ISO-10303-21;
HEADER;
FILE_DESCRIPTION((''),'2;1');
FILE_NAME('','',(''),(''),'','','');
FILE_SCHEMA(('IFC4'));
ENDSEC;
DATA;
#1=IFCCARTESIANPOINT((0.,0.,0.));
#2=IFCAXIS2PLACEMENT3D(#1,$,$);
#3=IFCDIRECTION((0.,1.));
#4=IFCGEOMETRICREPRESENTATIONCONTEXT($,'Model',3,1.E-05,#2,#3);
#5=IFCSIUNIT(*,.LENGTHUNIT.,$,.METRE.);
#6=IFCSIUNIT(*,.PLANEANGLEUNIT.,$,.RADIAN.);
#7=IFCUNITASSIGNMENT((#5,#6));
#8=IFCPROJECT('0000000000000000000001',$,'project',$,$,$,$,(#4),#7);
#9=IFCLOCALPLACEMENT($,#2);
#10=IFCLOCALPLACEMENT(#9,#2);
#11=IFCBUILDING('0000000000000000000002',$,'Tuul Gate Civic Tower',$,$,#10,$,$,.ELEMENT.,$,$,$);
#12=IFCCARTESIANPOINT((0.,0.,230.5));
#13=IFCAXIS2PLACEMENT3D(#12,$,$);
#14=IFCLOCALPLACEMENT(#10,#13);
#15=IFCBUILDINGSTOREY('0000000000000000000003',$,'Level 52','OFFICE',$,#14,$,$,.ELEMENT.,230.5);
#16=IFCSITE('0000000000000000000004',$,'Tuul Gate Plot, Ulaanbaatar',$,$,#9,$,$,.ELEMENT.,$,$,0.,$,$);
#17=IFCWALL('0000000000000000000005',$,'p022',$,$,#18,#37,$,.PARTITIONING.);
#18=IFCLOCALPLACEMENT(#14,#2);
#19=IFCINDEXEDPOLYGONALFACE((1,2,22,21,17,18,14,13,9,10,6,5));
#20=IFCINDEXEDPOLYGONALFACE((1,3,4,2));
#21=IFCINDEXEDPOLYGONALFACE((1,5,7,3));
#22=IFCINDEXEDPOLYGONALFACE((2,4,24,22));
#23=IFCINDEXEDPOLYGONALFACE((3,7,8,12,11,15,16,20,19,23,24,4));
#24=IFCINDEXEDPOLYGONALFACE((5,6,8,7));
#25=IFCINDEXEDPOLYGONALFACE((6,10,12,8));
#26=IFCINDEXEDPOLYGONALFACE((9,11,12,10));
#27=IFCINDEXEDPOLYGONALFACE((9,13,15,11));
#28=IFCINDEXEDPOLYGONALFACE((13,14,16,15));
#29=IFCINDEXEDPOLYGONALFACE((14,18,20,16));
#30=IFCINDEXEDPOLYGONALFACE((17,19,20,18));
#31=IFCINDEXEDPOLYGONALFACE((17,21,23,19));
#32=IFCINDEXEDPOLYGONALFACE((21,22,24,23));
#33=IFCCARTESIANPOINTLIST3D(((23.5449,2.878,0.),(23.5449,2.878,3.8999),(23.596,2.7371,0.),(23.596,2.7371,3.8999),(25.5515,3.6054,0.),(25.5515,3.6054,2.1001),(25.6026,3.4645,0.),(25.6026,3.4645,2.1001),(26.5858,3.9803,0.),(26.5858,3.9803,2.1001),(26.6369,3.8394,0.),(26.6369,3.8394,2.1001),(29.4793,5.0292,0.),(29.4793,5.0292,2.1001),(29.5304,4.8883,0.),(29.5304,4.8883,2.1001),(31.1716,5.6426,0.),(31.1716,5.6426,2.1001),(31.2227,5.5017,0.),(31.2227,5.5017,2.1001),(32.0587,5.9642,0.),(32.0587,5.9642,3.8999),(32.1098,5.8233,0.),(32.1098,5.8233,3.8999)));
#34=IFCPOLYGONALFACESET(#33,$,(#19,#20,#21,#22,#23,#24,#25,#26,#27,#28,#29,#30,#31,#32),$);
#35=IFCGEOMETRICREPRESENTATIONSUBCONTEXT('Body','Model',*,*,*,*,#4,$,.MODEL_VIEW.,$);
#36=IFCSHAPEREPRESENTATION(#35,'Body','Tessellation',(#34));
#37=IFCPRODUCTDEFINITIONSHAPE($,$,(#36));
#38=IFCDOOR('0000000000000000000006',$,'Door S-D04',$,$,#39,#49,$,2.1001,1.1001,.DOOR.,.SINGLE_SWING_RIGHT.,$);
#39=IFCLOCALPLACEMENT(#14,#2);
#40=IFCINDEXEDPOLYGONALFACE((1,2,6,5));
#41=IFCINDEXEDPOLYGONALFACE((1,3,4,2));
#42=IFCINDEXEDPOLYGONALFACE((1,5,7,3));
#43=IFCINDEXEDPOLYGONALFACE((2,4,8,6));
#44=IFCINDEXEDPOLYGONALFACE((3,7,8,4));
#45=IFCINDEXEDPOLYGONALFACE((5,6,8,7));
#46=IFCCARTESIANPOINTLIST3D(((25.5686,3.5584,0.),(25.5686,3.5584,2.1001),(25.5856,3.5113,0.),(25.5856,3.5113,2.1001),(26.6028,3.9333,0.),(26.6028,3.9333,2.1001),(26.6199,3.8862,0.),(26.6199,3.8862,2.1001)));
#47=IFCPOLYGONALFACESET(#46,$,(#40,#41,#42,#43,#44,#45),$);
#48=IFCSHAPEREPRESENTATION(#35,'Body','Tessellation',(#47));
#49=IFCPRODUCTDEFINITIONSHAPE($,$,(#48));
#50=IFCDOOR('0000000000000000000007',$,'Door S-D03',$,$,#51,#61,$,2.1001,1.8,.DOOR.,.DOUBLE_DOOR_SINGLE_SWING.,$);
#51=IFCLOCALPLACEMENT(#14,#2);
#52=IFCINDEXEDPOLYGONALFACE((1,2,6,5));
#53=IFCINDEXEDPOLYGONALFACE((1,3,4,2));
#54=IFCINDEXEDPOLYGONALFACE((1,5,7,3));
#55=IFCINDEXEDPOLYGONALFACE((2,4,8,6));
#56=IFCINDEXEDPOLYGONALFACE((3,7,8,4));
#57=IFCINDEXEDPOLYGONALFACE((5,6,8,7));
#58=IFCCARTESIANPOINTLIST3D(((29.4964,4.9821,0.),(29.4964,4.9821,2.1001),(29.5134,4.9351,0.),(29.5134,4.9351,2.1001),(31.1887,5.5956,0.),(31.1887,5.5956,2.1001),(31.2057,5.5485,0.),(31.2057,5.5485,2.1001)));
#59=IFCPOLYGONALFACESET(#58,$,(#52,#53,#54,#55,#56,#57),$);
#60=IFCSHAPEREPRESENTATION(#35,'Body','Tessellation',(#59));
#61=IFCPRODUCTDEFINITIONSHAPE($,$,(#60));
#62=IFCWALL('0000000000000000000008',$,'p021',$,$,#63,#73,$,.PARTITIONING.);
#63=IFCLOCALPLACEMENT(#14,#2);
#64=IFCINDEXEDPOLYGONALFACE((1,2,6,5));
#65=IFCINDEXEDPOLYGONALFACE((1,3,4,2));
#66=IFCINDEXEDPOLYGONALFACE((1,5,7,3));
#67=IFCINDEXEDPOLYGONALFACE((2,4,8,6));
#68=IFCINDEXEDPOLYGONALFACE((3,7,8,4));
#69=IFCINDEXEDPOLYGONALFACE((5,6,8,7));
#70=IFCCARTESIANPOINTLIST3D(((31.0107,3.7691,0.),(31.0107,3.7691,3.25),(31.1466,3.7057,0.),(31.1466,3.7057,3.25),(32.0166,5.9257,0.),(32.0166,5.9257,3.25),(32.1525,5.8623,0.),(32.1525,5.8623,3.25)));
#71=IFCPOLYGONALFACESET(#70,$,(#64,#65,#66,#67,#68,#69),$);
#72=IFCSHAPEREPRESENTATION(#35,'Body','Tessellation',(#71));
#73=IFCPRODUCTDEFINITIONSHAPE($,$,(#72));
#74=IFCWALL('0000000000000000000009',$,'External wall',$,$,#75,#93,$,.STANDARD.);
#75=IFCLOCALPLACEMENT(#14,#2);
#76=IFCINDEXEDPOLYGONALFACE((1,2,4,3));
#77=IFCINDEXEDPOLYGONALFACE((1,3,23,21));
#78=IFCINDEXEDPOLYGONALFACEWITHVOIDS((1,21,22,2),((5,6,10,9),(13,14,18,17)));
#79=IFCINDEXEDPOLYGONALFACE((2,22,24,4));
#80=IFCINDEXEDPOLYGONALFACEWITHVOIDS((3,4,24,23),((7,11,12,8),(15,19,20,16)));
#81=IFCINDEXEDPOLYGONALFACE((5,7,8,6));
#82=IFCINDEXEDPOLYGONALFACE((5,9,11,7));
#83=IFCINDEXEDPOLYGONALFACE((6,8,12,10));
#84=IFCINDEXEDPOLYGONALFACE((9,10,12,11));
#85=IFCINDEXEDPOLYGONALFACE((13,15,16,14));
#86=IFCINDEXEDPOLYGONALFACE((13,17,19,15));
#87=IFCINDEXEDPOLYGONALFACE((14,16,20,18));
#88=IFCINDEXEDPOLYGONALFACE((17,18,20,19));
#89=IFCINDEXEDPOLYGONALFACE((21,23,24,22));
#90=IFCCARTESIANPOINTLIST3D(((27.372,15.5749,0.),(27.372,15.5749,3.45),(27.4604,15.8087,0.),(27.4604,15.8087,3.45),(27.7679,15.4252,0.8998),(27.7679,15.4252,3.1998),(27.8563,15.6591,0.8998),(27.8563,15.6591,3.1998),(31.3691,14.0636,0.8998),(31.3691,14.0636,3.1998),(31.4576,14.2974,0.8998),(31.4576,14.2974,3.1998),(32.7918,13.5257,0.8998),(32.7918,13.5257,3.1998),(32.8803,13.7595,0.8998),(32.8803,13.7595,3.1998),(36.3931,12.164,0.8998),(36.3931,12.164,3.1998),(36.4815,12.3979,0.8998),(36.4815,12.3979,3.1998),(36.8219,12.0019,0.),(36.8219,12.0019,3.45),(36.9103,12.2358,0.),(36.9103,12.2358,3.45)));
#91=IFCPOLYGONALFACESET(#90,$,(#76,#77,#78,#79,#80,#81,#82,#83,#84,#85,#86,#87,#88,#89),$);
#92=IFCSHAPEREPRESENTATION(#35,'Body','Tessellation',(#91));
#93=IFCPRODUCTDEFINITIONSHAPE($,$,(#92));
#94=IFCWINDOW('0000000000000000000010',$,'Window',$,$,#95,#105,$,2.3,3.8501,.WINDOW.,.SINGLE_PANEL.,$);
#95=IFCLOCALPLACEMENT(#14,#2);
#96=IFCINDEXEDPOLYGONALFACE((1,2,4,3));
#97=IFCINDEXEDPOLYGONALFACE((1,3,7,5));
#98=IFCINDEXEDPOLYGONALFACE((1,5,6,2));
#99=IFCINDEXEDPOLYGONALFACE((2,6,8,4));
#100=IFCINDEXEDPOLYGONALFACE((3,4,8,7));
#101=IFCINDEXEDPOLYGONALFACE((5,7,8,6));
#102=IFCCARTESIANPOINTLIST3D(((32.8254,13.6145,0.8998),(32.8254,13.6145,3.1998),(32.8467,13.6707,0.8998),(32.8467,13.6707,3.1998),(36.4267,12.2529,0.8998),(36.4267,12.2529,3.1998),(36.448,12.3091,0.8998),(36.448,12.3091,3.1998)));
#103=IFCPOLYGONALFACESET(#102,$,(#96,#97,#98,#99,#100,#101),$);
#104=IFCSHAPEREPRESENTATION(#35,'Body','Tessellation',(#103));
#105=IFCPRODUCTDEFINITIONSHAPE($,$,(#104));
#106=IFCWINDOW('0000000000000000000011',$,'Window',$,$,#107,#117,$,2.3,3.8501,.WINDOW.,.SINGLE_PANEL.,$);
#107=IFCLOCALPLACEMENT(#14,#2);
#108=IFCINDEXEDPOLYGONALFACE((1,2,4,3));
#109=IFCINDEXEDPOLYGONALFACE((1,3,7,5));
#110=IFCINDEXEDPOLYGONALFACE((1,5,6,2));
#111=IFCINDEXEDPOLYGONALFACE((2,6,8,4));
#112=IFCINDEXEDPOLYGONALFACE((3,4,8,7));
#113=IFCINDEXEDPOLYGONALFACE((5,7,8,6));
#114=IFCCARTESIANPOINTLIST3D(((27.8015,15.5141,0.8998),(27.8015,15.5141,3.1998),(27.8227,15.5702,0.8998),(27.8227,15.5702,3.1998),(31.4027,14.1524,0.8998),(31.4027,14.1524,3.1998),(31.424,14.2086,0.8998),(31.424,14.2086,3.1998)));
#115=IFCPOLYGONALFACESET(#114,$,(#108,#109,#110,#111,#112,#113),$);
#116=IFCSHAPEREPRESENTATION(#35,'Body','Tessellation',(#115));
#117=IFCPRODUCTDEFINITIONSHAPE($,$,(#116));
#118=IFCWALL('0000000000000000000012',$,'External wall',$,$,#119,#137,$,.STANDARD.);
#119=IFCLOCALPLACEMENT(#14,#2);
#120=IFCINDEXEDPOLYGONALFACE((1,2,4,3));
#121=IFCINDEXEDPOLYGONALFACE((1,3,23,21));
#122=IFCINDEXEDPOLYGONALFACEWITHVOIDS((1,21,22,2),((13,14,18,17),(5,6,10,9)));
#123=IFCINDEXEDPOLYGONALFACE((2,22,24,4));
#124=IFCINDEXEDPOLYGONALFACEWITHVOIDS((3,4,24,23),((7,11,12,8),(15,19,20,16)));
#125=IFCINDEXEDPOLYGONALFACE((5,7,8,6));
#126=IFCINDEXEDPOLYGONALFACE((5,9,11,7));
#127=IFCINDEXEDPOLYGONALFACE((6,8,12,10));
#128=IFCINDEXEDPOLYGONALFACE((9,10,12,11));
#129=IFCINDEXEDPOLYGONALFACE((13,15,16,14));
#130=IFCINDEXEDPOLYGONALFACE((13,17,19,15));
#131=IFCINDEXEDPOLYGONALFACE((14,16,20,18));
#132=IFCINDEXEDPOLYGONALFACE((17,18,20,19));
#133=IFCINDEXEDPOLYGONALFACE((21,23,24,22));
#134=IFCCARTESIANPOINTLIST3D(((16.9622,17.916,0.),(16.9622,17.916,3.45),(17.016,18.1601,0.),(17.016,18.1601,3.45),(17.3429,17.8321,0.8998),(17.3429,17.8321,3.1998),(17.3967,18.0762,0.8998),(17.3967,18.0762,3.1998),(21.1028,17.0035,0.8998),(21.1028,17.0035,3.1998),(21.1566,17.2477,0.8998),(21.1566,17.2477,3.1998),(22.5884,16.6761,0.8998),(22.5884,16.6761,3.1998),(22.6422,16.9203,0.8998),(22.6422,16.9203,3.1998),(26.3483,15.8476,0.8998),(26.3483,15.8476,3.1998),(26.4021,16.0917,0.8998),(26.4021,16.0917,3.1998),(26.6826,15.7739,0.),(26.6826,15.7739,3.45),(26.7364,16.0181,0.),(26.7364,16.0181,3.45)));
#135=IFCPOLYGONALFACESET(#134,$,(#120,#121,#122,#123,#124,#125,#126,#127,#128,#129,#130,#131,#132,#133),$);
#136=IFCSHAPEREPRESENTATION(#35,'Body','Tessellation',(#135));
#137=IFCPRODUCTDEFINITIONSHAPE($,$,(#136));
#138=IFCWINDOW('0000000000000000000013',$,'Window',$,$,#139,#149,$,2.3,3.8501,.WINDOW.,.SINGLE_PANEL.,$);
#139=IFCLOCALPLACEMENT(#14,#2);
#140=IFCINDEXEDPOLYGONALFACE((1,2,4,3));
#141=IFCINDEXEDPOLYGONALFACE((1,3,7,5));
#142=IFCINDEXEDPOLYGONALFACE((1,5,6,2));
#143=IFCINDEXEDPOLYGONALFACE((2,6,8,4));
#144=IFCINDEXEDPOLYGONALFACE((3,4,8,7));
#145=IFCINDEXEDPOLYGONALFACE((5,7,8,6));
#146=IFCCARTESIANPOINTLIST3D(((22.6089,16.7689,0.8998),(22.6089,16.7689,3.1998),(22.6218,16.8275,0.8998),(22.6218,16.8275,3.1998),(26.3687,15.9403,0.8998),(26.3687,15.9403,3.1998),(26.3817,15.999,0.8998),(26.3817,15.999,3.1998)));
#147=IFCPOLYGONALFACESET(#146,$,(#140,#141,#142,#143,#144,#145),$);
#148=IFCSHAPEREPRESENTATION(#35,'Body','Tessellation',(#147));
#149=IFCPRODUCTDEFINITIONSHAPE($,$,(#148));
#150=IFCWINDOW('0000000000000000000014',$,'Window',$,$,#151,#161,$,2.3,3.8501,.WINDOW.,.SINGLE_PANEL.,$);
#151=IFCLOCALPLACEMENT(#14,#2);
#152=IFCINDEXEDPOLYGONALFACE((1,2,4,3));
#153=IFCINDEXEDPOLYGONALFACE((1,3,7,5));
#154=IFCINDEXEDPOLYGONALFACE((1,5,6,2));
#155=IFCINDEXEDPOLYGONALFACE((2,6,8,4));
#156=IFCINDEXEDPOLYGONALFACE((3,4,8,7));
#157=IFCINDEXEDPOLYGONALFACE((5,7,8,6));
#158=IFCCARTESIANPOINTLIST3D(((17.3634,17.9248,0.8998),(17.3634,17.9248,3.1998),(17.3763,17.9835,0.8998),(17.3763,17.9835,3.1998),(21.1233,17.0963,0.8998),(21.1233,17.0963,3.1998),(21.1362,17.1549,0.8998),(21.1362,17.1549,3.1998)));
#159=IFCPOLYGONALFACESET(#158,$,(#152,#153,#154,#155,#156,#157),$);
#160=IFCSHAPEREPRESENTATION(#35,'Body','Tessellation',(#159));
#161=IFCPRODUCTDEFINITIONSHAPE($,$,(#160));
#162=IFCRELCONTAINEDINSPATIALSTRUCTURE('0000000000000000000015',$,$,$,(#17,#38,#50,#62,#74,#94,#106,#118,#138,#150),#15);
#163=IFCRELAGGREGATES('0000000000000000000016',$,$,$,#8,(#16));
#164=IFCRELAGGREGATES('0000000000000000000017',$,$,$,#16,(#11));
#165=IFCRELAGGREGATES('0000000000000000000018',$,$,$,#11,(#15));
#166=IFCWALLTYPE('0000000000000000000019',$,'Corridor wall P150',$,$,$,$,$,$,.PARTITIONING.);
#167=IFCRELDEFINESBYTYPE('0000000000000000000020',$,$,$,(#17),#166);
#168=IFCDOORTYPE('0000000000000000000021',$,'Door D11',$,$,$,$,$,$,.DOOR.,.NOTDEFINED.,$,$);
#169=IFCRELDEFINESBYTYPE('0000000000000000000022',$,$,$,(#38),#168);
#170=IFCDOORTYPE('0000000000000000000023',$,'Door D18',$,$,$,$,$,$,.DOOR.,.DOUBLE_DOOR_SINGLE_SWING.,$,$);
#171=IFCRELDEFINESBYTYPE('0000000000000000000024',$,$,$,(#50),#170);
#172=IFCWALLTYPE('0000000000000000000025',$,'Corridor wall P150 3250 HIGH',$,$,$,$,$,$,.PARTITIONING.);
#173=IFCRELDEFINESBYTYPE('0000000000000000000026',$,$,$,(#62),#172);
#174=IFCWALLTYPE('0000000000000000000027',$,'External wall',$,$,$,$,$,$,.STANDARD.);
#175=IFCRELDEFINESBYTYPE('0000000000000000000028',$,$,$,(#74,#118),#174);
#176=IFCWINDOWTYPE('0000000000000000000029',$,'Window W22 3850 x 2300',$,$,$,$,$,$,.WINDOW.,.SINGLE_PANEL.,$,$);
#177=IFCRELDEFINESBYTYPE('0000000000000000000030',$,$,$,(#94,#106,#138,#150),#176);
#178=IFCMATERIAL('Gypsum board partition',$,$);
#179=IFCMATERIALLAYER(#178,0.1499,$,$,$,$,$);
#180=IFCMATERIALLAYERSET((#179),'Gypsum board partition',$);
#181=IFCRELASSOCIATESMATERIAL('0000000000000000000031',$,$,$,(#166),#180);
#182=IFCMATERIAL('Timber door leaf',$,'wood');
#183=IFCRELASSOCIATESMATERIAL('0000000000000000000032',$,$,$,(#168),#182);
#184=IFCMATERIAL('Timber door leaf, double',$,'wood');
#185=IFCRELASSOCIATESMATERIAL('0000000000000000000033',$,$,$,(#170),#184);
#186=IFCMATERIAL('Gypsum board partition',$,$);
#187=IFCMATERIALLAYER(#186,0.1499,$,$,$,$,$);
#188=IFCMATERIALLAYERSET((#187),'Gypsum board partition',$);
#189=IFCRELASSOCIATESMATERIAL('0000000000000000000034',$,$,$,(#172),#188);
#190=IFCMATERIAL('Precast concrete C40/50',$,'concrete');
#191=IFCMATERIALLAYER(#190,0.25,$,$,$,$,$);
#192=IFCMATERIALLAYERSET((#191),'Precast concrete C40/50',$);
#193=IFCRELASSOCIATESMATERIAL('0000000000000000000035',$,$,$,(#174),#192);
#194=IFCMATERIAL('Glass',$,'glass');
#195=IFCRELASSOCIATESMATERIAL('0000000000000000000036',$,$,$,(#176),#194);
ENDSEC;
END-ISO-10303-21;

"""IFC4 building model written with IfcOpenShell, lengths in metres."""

from ifc_helpers import new_model, si_unit, direction, frame, frame_2d, origin, place, context, subcontext, project, spatial, rectangle, extrude, material, layer, layer_set, type_object, element, fill, save


model = new_model("IFC4")

# Units and contexts
model_context = context("Model", 3, precision=1e-05, world=origin(), true_north=direction((0.0, 1.0)))
body_context = subcontext(model_context, "Body", "Model", "MODEL_VIEW")
ifc_project = project(units=[si_unit("LENGTHUNIT", "METRE"), si_unit("PLANEANGLEUNIT", "RADIAN")], contexts=[model_context])

# Site, building, storey
site_placement = place(None, origin())
site = spatial("IfcSite", under=ifc_project, at=site_placement, Name="Tuul Gate Plot, Ulaanbaatar", CompositionType="ELEMENT", RefElevation=0.0)
building_placement = place(site_placement, origin())
building = spatial("IfcBuilding", under=site, at=building_placement, Name="Tuul Gate Civic Tower", CompositionType="ELEMENT")
storey_placement = place(building_placement, frame((0.0, 0.0, 230.5)))
storey = spatial("IfcBuildingStorey", under=building, at=storey_placement, Name="Level 52", Description="OFFICE", CompositionType="ELEMENT", Elevation=230.5)

# Wall, openings, doors
ifc_material_1 = material(Name="Gypsum board partition")
ifc_layer_1 = layer(ifc_material_1, 0.1499)
ifc_layer_set_1 = layer_set([ifc_layer_1], Name="Gypsum board partition")
wall_type_1 = type_object("IfcWallType", Name="Corridor wall P150", PredefinedType="PARTITIONING", material=ifc_layer_set_1)
wall_1_placement = place(storey_placement, frame((23.5706, 2.8076, 0.0), z_axis=(0.0, 0.0, 1.0), x_axis=(0.94014, 0.340788, 0.0)))
wall_1 = element("IfcWall", 1, at=wall_1_placement, inside=storey, type_object=wall_type_1, Name="p022", PredefinedType="PARTITIONING", context=body_context, shape_type="SweptSolid", body=[
    extrude(rectangle(XDim=9.0559, YDim=0.1499, at=frame_2d((4.5278, 0.0))), origin(), (0.0, 0.0, 1.0), 3.8999),
])
opening_1_placement = place(wall_1_placement, frame((6.3123, 0.0, 0.0)))
opening_1 = element("IfcOpeningElement", 2, at=opening_1_placement, cuts=wall_1, PredefinedType="OPENING", context=body_context, shape_type="SweptSolid", body=[
    extrude(rectangle(XDim=1.8, YDim=2.1001, at=frame_2d((0.8999, 1.05))), frame((0.0, 0.085, 0.0), z_axis=(0.0, -1.0, 0.0), x_axis=(1.0, 0.0, 0.0)), (0.0, 0.0, 1.0), 0.1699),
])
opening_2_placement = place(wall_1_placement, frame((2.1343, 0.0, 0.0)))
opening_2 = element("IfcOpeningElement", 3, at=opening_2_placement, cuts=wall_1, PredefinedType="OPENING", context=body_context, shape_type="SweptSolid", body=[
    extrude(rectangle(XDim=1.1001, YDim=2.1001, at=frame_2d((0.55, 1.05))), frame((0.0, 0.085, 0.0), z_axis=(0.0, -1.0, 0.0), x_axis=(1.0, 0.0, 0.0)), (0.0, 0.0, 1.0), 0.1699),
])
ifc_material_2 = material(Name="Timber door leaf", Category="wood")
door_type_1 = type_object("IfcDoorType", Name="Door D11", OperationType="NOTDEFINED", PredefinedType="DOOR", material=ifc_material_2)
door_1_placement = place(opening_2_placement, origin())
door_1 = element("IfcDoor", 4, at=door_1_placement, inside=storey, type_object=door_type_1, Name="Door S-D04", OperationType="SINGLE_SWING_RIGHT", OverallHeight=2.1001, OverallWidth=1.1001, PredefinedType="DOOR", context=body_context, shape_type="SweptSolid", body=[
    extrude(rectangle(XDim=1.1001, YDim=2.1001, at=frame_2d((0.55, 1.05))), frame((0.0, 0.0249, 0.0), z_axis=(0.0, -1.0, 0.0), x_axis=(1.0, 0.0, 0.0)), (0.0, 0.0, 1.0), 0.05),
])
fill(opening_2, door_1)
ifc_material_3 = material(Name="Timber door leaf, double", Category="wood")
door_type_2 = type_object("IfcDoorType", Name="Door D18", OperationType="DOUBLE_DOOR_SINGLE_SWING", PredefinedType="DOOR", material=ifc_material_3)
door_2_placement = place(opening_1_placement, origin())
door_2 = element("IfcDoor", 5, at=door_2_placement, inside=storey, type_object=door_type_2, Name="Door S-D03", OperationType="DOUBLE_DOOR_SINGLE_SWING", OverallHeight=2.1001, OverallWidth=1.8, PredefinedType="DOOR", context=body_context, shape_type="SweptSolid", body=[
    extrude(rectangle(XDim=1.8, YDim=2.1001, at=frame_2d((0.8999, 1.05))), frame((0.0, 0.0249, 0.0), z_axis=(0.0, -1.0, 0.0), x_axis=(1.0, 0.0, 0.0)), (0.0, 0.0, 1.0), 0.05),
])
fill(opening_1, door_2)

# Wall
ifc_material_4 = material(Name="Gypsum board partition")
ifc_layer_2 = layer(ifc_material_4, 0.1499)
ifc_layer_set_2 = layer_set([ifc_layer_2], Name="Gypsum board partition")
wall_type_2 = type_object("IfcWallType", Name="Corridor wall P150 3250 HIGH", PredefinedType="PARTITIONING", material=ifc_layer_set_2)
wall_2_placement = place(storey_placement, frame((31.0786, 3.7373, 0.0), z_axis=(0.0, 0.0, 1.0), x_axis=(0.422711, 0.906264, 0.0)))
element("IfcWall", 6, at=wall_2_placement, inside=storey, type_object=wall_type_2, Name="p021", PredefinedType="PARTITIONING", context=body_context, shape_type="SweptSolid", body=[
    extrude(rectangle(XDim=2.3796, YDim=0.1499, at=frame_2d((1.1899, 0.0))), origin(), (0.0, 0.0, 1.0), 3.25),
])

# Walls, openings, windows
ifc_material_5 = material(Name="Precast concrete C40/50", Category="concrete")
ifc_layer_3 = layer(ifc_material_5, 0.25)
ifc_layer_set_3 = layer_set([ifc_layer_3], Name="Precast concrete C40/50")
wall_type_3 = type_object("IfcWallType", Name="External wall", PredefinedType="STANDARD", material=ifc_layer_set_3)
wall_3_placement = place(storey_placement, frame((36.866, 12.1189, 0.0), z_axis=(0.0, 0.0, 1.0), x_axis=(-0.935373, 0.353662, 0.0)))
wall_3 = element("IfcWall", 7, at=wall_3_placement, inside=storey, type_object=wall_type_3, Name="External wall", PredefinedType="STANDARD", context=body_context, shape_type="SweptSolid", body=[
    extrude(rectangle(XDim=10.1028, YDim=0.25, at=frame_2d((5.0513, 0.0))), origin(), (0.0, 0.0, 1.0), 3.45),
])
opening_3_placement = place(wall_3_placement, frame((0.4583, 0.0, 0.8999)))
opening_3 = element("IfcOpeningElement", 8, at=opening_3_placement, cuts=wall_3, PredefinedType="OPENING", context=body_context, shape_type="SweptSolid", body=[
    extrude(rectangle(XDim=3.8501, YDim=2.3, at=frame_2d((1.925, 1.1499))), frame((0.0, 0.135, 0.0), z_axis=(0.0, -1.0, 0.0), x_axis=(1.0, 0.0, 0.0)), (0.0, 0.0, 1.0), 0.27),
])
opening_4_placement = place(wall_3_placement, frame((5.8293, 0.0, 0.8999)))
opening_4 = element("IfcOpeningElement", 9, at=opening_4_placement, cuts=wall_3, PredefinedType="OPENING", context=body_context, shape_type="SweptSolid", body=[
    extrude(rectangle(XDim=3.8501, YDim=2.3, at=frame_2d((1.925, 1.1499))), frame((0.0, 0.135, 0.0), z_axis=(0.0, -1.0, 0.0), x_axis=(1.0, 0.0, 0.0)), (0.0, 0.0, 1.0), 0.27),
])
ifc_material_6 = material(Name="Glass", Category="glass")
window_type = type_object("IfcWindowType", Name="Window W22 3850 x 2300", PartitioningType="SINGLE_PANEL", PredefinedType="WINDOW", material=ifc_material_6)
window_1_placement = place(opening_3_placement, origin())
window_1 = element("IfcWindow", 10, at=window_1_placement, inside=storey, type_object=window_type, Name="Window", OverallHeight=2.3, OverallWidth=3.8501, PartitioningType="SINGLE_PANEL", PredefinedType="WINDOW", context=body_context, shape_type="SweptSolid", body=[
    extrude(rectangle(XDim=3.8501, YDim=2.3, at=frame_2d((1.925, 1.1499))), frame((0.0, 0.03, 0.0), z_axis=(0.0, -1.0, 0.0), x_axis=(1.0, 0.0, 0.0)), (0.0, 0.0, 1.0), 0.0601),
])
fill(opening_3, window_1)
window_2_placement = place(opening_4_placement, origin())
window_2 = element("IfcWindow", 11, at=window_2_placement, inside=storey, type_object=window_type, Name="Window", OverallHeight=2.3, OverallWidth=3.8501, PartitioningType="SINGLE_PANEL", PredefinedType="WINDOW", context=body_context, shape_type="SweptSolid", body=[
    extrude(rectangle(XDim=3.8501, YDim=2.3, at=frame_2d((1.925, 1.1499))), frame((0.0, 0.03, 0.0), z_axis=(0.0, -1.0, 0.0), x_axis=(1.0, 0.0, 0.0)), (0.0, 0.0, 1.0), 0.0601),
])
fill(opening_4, window_2)
wall_4_placement = place(storey_placement, frame((26.7095, 15.896, 0.0), z_axis=(0.0, 0.0, 1.0), x_axis=(-0.976569, 0.215206, 0.0)))
wall_4 = element("IfcWall", 12, at=wall_4_placement, inside=storey, type_object=wall_type_3, Name="External wall", PredefinedType="STANDARD", context=body_context, shape_type="SweptSolid", body=[
    extrude(rectangle(XDim=9.9536, YDim=0.25, at=frame_2d((4.9768, 0.0))), origin(), (0.0, 0.0, 1.0), 3.45),
])
opening_5_placement = place(wall_4_placement, frame((0.3423, 0.0, 0.8999)))
opening_5 = element("IfcOpeningElement", 13, at=opening_5_placement, cuts=wall_4, PredefinedType="OPENING", context=body_context, shape_type="SweptSolid", body=[
    extrude(rectangle(XDim=3.8501, YDim=2.3, at=frame_2d((1.925, 1.1499))), frame((0.0, 0.135, 0.0), z_axis=(0.0, -1.0, 0.0), x_axis=(1.0, 0.0, 0.0)), (0.0, 0.0, 1.0), 0.27),
])
opening_6_placement = place(wall_4_placement, frame((5.7136, 0.0, 0.8999)))
opening_6 = element("IfcOpeningElement", 14, at=opening_6_placement, cuts=wall_4, PredefinedType="OPENING", context=body_context, shape_type="SweptSolid", body=[
    extrude(rectangle(XDim=3.8501, YDim=2.3, at=frame_2d((1.925, 1.1499))), frame((0.0, 0.135, 0.0), z_axis=(0.0, -1.0, 0.0), x_axis=(1.0, 0.0, 0.0)), (0.0, 0.0, 1.0), 0.27),
])
window_3_placement = place(opening_5_placement, origin())
window_3 = element("IfcWindow", 15, at=window_3_placement, inside=storey, type_object=window_type, Name="Window", OverallHeight=2.3, OverallWidth=3.8501, PartitioningType="SINGLE_PANEL", PredefinedType="WINDOW", context=body_context, shape_type="SweptSolid", body=[
    extrude(rectangle(XDim=3.8501, YDim=2.3, at=frame_2d((1.925, 1.1499))), frame((0.0, 0.03, 0.0), z_axis=(0.0, -1.0, 0.0), x_axis=(1.0, 0.0, 0.0)), (0.0, 0.0, 1.0), 0.0601),
])
fill(opening_5, window_3)
window_4_placement = place(opening_6_placement, origin())
window_4 = element("IfcWindow", 16, at=window_4_placement, inside=storey, type_object=window_type, Name="Window", OverallHeight=2.3, OverallWidth=3.8501, PartitioningType="SINGLE_PANEL", PredefinedType="WINDOW", context=body_context, shape_type="SweptSolid", body=[
    extrude(rectangle(XDim=3.8501, YDim=2.3, at=frame_2d((1.925, 1.1499))), frame((0.0, 0.03, 0.0), z_axis=(0.0, -1.0, 0.0), x_axis=(1.0, 0.0, 0.0)), (0.0, 0.0, 1.0), 0.0601),
])
fill(opening_6, window_4)

save(model, "model.ifc")
